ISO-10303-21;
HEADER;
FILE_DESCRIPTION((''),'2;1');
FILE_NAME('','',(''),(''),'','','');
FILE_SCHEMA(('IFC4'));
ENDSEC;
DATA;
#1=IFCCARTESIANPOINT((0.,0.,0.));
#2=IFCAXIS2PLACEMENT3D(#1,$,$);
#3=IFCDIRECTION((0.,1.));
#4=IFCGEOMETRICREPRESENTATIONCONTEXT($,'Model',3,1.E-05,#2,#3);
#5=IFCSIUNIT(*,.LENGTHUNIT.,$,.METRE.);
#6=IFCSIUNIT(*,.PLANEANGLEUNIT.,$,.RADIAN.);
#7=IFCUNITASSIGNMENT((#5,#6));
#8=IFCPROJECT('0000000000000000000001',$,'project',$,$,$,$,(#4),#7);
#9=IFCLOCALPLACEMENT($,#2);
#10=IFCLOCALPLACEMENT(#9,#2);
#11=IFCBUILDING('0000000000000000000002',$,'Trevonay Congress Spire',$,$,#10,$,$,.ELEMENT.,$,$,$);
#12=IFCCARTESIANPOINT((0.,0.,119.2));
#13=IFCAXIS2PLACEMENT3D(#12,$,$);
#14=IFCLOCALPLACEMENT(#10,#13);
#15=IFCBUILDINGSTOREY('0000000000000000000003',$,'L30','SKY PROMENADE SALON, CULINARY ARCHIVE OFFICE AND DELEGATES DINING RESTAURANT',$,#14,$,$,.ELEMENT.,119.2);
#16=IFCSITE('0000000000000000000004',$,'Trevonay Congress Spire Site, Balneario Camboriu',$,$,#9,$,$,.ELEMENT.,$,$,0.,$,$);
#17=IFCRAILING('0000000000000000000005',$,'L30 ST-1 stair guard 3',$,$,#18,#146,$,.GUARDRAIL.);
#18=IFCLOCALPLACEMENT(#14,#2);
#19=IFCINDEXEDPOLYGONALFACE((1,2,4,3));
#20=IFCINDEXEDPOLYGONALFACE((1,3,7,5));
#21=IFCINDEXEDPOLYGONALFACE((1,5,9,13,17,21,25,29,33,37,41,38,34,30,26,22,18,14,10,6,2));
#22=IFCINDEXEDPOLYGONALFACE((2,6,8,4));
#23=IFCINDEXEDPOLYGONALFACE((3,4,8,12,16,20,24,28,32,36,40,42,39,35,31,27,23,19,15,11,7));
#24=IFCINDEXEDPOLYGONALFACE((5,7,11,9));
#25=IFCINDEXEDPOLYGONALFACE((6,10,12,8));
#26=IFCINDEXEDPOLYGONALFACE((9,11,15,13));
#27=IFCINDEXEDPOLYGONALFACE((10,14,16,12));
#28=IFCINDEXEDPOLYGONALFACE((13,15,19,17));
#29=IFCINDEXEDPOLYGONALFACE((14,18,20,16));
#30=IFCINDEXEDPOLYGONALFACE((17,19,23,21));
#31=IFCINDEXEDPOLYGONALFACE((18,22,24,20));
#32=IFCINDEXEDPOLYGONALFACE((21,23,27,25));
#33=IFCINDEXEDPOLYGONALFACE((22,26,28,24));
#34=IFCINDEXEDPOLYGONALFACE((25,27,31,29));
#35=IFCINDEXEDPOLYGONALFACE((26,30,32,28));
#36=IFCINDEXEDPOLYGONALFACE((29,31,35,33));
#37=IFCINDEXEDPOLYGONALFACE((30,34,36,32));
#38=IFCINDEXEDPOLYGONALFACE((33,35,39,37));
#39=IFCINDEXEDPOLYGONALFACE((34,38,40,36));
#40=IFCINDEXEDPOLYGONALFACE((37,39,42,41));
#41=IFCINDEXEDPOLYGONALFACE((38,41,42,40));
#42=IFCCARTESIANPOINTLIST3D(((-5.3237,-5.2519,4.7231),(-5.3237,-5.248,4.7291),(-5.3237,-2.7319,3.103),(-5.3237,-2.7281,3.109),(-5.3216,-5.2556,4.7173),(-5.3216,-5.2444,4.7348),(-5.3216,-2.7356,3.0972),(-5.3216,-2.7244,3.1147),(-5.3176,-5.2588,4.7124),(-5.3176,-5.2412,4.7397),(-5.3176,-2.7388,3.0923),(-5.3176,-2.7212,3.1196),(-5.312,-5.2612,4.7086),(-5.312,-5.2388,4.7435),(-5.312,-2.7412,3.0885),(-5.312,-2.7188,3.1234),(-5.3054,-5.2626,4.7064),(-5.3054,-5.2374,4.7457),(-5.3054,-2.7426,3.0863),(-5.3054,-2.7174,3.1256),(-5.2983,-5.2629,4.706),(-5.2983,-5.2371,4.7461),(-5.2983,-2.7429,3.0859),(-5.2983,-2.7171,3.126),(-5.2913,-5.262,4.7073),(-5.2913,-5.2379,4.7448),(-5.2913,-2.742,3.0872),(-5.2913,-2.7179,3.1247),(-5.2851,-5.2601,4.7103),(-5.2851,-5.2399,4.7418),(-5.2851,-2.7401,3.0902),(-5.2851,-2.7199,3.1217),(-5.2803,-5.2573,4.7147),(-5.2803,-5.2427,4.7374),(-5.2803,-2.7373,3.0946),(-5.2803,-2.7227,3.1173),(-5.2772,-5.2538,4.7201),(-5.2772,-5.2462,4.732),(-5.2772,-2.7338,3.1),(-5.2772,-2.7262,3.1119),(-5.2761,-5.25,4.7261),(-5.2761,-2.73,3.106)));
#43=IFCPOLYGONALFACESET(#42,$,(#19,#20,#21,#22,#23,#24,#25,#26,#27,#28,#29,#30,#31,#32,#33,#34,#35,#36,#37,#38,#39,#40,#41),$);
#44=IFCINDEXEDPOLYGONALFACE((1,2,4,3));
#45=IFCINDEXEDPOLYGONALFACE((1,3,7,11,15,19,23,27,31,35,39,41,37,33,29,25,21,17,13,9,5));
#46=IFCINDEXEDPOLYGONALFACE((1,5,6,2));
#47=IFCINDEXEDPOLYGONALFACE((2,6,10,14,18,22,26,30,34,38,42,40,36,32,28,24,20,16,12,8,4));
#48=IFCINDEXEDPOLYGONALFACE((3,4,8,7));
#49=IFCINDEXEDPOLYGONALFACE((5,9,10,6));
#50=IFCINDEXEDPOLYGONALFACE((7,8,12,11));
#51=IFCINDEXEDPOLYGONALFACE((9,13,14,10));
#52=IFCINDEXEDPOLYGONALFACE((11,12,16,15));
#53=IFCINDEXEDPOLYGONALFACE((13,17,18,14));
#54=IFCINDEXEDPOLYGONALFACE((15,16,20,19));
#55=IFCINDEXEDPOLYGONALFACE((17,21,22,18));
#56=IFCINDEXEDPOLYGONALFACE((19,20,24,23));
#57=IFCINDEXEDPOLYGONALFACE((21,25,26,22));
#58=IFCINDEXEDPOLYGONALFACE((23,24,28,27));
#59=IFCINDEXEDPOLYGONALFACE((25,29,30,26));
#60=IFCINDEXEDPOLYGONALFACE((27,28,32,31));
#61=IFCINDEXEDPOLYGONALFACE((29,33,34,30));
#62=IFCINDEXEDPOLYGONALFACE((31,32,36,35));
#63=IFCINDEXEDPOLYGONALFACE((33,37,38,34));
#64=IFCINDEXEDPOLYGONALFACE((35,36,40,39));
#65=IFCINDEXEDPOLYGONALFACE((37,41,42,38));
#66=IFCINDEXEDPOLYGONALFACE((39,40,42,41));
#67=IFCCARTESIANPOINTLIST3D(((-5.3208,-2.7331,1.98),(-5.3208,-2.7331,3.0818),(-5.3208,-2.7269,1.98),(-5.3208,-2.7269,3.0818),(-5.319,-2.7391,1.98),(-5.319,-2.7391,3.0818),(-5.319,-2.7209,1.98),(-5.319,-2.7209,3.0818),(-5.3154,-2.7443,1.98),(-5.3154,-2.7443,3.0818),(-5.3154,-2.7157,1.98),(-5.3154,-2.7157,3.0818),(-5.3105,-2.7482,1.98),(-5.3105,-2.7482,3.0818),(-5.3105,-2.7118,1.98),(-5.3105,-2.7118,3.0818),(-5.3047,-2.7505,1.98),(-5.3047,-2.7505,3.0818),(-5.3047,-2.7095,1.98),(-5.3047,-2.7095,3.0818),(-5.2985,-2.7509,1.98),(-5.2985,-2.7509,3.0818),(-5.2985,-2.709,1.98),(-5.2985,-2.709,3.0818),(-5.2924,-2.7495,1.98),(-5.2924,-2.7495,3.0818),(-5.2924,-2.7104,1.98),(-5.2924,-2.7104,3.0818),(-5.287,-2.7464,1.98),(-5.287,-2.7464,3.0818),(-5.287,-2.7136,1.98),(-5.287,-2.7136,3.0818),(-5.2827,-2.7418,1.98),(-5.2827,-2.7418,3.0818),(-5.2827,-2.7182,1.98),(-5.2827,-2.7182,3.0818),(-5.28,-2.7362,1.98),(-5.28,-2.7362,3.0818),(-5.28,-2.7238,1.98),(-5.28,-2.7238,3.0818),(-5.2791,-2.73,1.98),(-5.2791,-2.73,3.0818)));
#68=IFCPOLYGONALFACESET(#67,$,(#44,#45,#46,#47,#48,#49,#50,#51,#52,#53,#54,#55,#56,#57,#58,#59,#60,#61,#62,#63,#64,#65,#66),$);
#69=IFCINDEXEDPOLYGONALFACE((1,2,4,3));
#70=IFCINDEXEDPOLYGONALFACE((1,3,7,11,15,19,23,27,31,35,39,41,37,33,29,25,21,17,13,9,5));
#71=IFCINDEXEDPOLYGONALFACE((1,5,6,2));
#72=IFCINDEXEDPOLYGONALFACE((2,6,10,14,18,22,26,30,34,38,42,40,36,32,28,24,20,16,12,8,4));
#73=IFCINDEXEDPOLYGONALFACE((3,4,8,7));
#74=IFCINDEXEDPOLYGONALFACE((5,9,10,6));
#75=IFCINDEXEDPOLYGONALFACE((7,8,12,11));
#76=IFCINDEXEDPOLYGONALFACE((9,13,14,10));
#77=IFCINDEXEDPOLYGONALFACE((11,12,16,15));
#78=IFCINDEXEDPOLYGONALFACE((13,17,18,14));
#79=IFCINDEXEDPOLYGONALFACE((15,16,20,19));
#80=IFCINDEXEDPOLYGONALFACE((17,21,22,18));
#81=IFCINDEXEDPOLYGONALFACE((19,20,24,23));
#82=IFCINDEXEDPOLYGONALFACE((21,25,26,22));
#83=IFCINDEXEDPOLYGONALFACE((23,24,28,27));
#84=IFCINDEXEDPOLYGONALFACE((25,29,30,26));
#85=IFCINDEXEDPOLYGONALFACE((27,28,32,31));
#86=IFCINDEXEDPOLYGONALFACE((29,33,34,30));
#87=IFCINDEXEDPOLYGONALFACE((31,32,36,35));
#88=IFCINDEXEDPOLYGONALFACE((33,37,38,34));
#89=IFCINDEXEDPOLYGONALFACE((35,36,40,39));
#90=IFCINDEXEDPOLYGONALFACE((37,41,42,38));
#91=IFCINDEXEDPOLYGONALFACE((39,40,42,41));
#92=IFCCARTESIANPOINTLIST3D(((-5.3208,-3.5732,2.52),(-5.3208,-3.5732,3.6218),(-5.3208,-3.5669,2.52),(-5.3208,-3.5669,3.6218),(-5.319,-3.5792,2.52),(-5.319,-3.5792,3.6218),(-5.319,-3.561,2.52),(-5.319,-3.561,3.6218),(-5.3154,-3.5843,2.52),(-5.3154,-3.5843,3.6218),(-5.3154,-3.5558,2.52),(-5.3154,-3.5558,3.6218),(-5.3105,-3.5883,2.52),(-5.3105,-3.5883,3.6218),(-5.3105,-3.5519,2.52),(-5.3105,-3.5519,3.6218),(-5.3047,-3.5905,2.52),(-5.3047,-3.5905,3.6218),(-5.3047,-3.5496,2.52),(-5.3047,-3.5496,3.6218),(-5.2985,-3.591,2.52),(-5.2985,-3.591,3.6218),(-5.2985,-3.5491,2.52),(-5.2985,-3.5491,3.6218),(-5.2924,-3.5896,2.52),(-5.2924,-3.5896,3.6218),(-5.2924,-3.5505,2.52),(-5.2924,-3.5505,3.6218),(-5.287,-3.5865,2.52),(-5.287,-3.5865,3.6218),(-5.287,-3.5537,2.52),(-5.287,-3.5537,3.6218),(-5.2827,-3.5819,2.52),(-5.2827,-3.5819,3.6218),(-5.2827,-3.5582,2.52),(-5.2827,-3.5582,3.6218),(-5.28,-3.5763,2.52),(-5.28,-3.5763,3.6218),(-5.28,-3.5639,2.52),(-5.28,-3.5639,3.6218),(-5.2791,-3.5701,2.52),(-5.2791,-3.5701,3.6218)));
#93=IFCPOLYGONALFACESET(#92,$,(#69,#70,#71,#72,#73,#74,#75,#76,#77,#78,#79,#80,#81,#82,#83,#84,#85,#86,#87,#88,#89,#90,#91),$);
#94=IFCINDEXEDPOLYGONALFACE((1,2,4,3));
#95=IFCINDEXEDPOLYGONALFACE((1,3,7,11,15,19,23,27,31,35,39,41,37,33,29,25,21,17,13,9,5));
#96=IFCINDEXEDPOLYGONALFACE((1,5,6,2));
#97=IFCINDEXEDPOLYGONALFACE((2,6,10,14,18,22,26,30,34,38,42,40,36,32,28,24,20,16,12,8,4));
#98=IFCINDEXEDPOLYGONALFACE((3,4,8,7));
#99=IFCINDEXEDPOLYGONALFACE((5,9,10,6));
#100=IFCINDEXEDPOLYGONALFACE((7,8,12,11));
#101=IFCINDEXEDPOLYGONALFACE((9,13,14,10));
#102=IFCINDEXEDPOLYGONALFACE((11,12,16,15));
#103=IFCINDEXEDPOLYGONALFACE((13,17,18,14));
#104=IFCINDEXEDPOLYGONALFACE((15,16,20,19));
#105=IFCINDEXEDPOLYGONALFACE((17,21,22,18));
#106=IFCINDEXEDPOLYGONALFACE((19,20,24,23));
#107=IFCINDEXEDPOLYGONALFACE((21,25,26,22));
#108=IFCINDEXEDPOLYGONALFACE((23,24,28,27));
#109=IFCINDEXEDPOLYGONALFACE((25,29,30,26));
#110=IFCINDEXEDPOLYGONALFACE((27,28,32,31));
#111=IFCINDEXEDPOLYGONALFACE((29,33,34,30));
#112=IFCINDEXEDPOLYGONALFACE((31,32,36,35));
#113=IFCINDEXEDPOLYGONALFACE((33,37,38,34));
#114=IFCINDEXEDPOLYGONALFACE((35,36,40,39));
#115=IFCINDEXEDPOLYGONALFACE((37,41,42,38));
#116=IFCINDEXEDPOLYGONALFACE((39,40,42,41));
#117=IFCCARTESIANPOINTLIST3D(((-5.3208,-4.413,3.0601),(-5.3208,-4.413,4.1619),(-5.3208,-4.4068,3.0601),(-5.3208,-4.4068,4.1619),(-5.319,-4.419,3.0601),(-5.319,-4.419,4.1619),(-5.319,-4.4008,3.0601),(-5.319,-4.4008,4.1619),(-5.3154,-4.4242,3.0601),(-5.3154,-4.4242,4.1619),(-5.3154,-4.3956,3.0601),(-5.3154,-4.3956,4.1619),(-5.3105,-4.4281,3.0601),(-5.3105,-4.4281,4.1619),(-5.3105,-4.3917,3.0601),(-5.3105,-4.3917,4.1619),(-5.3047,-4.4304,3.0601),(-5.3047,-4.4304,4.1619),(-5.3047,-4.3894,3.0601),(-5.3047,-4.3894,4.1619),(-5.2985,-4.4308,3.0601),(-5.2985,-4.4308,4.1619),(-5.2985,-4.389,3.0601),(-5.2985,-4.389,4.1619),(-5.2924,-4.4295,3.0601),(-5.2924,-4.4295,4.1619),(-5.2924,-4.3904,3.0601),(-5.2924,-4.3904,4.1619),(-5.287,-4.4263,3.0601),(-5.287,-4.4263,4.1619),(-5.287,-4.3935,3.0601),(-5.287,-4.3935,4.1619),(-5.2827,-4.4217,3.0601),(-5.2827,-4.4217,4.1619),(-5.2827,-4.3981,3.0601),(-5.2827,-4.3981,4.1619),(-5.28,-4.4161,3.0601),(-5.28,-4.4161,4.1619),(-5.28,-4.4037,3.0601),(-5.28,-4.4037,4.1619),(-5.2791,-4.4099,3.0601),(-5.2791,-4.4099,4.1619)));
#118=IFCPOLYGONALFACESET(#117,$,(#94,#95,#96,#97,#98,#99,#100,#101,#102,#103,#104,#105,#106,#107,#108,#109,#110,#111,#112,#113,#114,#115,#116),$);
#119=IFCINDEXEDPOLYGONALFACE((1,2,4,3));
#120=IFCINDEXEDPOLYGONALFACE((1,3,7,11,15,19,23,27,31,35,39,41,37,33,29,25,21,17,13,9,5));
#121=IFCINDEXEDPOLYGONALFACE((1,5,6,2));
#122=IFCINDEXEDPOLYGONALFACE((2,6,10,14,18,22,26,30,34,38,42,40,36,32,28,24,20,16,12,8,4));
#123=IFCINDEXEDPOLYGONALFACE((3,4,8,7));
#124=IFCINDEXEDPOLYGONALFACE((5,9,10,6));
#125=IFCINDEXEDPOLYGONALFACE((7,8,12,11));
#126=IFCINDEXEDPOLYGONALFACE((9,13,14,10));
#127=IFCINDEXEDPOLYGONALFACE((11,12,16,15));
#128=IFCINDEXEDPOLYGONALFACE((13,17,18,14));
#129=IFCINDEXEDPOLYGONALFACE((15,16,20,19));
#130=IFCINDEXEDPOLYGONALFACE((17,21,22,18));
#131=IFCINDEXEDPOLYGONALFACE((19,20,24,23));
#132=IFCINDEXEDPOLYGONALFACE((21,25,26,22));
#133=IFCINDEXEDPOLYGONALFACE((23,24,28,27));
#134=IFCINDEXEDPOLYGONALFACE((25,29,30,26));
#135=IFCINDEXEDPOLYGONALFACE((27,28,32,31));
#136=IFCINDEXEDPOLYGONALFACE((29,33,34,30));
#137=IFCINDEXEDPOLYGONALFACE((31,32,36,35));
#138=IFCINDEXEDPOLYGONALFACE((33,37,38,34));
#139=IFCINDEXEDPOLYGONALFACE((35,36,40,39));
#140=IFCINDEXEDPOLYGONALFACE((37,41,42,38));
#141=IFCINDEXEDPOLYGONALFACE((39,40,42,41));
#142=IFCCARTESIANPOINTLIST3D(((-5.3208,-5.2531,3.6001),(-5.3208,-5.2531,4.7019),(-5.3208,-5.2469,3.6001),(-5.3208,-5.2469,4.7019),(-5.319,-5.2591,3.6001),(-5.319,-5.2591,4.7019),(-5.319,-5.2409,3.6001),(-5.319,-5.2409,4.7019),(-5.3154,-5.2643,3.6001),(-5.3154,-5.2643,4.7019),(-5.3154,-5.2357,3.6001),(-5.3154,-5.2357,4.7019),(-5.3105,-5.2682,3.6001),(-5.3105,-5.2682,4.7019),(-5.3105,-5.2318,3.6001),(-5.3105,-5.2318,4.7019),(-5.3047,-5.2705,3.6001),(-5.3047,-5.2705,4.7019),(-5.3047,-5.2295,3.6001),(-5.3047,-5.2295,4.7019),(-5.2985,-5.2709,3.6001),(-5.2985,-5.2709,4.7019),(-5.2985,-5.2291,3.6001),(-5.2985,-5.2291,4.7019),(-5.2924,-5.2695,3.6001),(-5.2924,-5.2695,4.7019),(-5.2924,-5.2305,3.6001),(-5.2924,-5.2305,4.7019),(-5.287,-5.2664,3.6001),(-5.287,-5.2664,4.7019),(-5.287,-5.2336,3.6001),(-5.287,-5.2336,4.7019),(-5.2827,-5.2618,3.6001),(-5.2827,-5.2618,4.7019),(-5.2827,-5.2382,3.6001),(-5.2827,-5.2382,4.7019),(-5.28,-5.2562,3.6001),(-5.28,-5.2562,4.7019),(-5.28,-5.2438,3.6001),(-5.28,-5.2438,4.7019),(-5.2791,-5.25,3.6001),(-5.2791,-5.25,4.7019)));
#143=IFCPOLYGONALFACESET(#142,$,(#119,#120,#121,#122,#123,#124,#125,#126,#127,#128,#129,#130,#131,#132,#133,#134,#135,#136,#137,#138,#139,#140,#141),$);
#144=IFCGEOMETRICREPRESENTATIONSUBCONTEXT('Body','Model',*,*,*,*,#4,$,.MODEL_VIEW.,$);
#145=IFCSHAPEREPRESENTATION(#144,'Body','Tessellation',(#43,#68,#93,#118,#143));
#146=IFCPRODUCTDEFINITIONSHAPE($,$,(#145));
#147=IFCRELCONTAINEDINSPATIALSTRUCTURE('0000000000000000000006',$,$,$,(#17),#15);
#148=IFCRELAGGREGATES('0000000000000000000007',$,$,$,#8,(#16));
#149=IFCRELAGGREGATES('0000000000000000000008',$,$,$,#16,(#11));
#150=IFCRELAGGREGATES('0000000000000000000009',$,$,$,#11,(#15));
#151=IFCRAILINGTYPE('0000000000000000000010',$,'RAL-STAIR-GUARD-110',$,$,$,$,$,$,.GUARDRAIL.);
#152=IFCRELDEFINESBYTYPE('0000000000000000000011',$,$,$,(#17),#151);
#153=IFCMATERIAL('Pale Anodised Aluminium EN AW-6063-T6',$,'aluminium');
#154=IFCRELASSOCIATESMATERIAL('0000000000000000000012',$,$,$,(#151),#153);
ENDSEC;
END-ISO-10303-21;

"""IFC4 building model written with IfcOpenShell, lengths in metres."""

from ifc_helpers import new_model, si_unit, direction, frame, origin, origin_2d, place, context, subcontext, project, spatial, circle, extrude, material, type_object, element, save


model = new_model("IFC4")

# Units and contexts
model_context = context("Model", 3, precision=1e-05, world=origin(), true_north=direction((0.0, 1.0)))
body_context = subcontext(model_context, "Body", "Model", "MODEL_VIEW")
ifc_project = project(units=[si_unit("LENGTHUNIT", "METRE"), si_unit("PLANEANGLEUNIT", "RADIAN")], contexts=[model_context])

# Site, building, storey
site_placement = place(None, origin())
site = spatial("IfcSite", under=ifc_project, at=site_placement, Name="Trevonay Congress Spire Site, Balneario Camboriu", CompositionType="ELEMENT", RefElevation=0.0)
building_placement = place(site_placement, origin())
building = spatial("IfcBuilding", under=site, at=building_placement, Name="Trevonay Congress Spire", CompositionType="ELEMENT")
storey_placement = place(building_placement, frame((0.0, 0.0, 119.2)))
storey = spatial("IfcBuildingStorey", under=building, at=storey_placement, Name="L30", Description="SKY PROMENADE SALON, CULINARY ARCHIVE OFFICE AND DELEGATES DINING RESTAURANT", CompositionType="ELEMENT", Elevation=119.2)

# Shared definitions
ifc_material_1 = material(Name="Pale Anodised Aluminium EN AW-6063-T6", Category="aluminium")

# Railing
railing_type_1 = type_object("IfcRailingType", Name="RAL-STAIR-GUARD-110", PredefinedType="GUARDRAIL", material=ifc_material_1)
railing_1_placement = place(storey_placement, frame((-5.3, -2.73, 1.98)))
element("IfcRailing", 1, at=railing_1_placement, inside=storey, type_object=railing_type_1, Name="L30 ST-1 stair guard 3", PredefinedType="GUARDRAIL", context=body_context, shape_type="SweptSolid", body=[
    extrude(circle(Radius=0.0239, at=origin_2d()), frame((0.0, 0.0, 1.126), z_axis=(0.0, -0.841163, 0.540782), x_axis=(1.0, 0.0, 0.0)), (0.0, 0.0, 1.0), 2.9958),
    extrude(circle(Radius=0.021, at=origin_2d()), origin(), (0.0, 0.0, 1.0), 1.1018),
    extrude(circle(Radius=0.021, at=origin_2d()), frame((0.0, -0.8401, 0.54)), (0.0, 0.0, 1.0), 1.1018),
    extrude(circle(Radius=0.021, at=origin_2d()), frame((0.0, -1.6799, 1.0801)), (0.0, 0.0, 1.0), 1.1018),
    extrude(circle(Radius=0.021, at=origin_2d()), frame((0.0, -2.52, 1.6201)), (0.0, 0.0, 1.0), 1.1018),
])

save(model, "model.ifc")
